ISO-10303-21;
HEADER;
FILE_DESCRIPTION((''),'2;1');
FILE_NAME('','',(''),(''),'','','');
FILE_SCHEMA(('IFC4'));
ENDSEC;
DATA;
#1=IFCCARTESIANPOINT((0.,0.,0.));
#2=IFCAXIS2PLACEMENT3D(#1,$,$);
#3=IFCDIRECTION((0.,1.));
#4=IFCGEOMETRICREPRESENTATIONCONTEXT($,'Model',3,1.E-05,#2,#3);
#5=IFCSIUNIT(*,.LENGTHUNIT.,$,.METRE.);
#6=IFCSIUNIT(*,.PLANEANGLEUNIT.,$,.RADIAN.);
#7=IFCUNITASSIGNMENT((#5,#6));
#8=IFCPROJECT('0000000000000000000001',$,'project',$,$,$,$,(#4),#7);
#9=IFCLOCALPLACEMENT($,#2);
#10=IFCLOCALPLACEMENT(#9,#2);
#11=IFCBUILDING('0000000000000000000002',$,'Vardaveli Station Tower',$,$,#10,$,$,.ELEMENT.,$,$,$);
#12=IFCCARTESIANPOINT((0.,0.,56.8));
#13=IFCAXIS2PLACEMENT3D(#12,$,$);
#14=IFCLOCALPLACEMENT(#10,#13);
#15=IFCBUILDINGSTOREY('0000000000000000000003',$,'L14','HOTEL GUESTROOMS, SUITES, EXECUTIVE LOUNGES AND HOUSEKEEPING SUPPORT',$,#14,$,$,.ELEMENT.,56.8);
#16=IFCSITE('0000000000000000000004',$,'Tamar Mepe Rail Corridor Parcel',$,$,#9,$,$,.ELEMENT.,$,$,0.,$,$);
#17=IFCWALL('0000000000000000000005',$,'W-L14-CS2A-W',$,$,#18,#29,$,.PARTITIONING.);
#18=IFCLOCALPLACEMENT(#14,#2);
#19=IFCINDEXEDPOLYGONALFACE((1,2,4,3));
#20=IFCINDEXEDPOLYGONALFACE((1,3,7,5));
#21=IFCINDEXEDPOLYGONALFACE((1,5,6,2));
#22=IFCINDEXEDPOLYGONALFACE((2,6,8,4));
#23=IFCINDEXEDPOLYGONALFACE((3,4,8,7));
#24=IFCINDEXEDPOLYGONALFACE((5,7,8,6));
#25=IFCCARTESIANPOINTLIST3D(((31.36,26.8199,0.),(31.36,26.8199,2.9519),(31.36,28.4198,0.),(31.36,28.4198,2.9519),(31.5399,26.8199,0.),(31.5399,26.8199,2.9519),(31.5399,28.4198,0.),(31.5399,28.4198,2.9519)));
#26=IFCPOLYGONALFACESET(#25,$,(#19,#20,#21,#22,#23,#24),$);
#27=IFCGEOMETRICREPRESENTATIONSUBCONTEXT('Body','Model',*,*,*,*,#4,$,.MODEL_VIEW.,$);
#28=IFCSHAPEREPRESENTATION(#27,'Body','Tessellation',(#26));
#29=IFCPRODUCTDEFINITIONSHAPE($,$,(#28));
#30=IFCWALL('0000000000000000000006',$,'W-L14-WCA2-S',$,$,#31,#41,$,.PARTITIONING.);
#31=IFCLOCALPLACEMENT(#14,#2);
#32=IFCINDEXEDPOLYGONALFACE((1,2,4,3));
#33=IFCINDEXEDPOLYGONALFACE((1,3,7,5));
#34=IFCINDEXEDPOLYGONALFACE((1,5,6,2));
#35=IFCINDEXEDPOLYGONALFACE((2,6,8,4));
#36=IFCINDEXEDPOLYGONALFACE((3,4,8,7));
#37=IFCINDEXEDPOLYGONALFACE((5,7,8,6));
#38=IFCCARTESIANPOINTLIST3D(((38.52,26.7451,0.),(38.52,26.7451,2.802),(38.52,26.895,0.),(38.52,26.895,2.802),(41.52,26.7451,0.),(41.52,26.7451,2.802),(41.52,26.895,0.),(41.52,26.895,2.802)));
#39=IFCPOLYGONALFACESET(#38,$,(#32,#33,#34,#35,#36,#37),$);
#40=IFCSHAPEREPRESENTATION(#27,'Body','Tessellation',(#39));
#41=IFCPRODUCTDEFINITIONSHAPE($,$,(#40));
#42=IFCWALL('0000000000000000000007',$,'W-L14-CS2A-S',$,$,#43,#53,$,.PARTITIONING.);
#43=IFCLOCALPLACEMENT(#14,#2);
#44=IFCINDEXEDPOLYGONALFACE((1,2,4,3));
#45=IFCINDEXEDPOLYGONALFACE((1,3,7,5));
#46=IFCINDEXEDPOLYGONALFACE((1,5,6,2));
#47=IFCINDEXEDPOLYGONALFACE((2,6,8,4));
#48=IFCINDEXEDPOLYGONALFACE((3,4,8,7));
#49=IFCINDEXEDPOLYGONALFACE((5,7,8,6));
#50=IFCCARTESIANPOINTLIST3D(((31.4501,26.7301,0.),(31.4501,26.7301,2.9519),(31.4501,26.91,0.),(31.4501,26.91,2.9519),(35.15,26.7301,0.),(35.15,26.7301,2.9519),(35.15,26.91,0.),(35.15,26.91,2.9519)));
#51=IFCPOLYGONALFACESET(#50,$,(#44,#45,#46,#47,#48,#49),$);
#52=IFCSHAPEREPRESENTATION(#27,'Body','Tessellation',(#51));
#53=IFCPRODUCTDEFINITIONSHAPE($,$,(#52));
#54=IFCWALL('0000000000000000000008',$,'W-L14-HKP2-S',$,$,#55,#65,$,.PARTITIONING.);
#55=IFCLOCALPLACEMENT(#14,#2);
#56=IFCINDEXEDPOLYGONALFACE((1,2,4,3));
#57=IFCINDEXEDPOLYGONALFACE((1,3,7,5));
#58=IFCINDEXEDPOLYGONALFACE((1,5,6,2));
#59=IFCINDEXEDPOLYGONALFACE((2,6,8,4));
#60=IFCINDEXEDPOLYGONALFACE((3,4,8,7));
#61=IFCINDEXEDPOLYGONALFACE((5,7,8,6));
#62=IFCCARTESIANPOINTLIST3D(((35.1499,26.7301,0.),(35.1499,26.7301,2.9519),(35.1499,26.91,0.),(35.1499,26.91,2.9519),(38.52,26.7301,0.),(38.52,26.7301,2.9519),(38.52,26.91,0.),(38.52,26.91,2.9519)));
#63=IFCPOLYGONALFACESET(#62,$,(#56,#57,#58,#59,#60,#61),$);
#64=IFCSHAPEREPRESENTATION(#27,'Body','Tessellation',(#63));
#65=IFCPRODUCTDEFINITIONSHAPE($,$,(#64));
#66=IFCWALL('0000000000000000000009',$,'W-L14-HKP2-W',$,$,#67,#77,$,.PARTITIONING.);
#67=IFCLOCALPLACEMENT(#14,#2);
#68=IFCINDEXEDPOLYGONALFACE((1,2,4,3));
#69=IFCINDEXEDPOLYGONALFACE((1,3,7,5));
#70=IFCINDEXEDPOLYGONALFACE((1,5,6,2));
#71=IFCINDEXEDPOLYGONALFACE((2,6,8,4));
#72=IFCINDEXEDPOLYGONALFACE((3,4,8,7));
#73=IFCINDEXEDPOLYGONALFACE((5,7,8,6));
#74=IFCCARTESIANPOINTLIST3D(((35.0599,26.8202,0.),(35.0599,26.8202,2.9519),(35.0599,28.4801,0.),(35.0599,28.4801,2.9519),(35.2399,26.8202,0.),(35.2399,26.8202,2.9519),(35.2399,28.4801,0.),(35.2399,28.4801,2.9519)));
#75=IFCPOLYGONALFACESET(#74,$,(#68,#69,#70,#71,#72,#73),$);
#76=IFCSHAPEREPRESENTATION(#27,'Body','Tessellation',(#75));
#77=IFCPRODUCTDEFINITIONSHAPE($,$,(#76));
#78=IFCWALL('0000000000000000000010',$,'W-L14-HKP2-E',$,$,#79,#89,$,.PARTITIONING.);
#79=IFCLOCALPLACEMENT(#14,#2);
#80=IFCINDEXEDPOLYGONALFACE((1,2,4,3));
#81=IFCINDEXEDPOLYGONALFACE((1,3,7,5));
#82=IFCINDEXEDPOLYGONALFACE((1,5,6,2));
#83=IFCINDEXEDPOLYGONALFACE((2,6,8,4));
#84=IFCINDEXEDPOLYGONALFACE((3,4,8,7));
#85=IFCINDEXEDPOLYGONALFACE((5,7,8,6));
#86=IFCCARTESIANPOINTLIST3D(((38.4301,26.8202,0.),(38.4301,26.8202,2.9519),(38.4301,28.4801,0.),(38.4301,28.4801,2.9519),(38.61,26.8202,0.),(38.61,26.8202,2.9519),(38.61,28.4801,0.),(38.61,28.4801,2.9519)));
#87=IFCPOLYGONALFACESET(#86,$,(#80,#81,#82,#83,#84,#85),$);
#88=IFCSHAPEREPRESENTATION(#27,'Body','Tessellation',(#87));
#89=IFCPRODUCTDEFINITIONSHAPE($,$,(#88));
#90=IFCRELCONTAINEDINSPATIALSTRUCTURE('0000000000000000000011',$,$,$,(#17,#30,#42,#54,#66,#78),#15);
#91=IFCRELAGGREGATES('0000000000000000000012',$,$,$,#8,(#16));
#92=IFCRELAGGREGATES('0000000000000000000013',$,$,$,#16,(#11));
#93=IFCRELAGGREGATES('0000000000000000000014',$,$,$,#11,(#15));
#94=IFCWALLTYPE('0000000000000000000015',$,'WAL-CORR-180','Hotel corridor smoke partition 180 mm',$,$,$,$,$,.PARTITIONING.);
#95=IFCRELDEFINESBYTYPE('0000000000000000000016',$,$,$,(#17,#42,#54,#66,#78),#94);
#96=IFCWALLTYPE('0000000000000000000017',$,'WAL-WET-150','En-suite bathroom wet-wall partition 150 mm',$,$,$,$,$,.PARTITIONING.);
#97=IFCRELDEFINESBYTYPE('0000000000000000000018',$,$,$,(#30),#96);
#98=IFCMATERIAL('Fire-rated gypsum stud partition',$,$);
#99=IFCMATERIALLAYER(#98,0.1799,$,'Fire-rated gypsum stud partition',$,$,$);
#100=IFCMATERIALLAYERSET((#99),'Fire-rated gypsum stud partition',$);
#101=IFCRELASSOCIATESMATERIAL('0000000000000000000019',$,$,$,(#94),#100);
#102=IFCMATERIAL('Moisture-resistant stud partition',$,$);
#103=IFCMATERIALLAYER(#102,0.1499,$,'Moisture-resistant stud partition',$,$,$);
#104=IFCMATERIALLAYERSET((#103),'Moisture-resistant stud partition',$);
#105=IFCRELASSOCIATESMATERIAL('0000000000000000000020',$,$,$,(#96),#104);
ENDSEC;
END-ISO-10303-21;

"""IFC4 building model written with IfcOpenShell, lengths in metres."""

from ifc_helpers import new_model, si_unit, direction, frame, frame_2d, origin, place, context, subcontext, project, spatial, rectangle, extrude, source, transform, mapped, material, layer, layer_set, type_object, element, save


model = new_model("IFC4")

# Units and contexts
model_context = context("Model", 3, precision=1e-05, world=origin(), true_north=direction((0.0, 1.0)))
body_context = subcontext(model_context, "Body", "Model", "MODEL_VIEW")
ifc_project = project(units=[si_unit("LENGTHUNIT", "METRE"), si_unit("PLANEANGLEUNIT", "RADIAN")], contexts=[model_context])

# Site, building, storey
site_placement = place(None, origin())
site = spatial("IfcSite", under=ifc_project, at=site_placement, Name="Tamar Mepe Rail Corridor Parcel", CompositionType="ELEMENT", RefElevation=0.0)
building_placement = place(site_placement, origin())
building = spatial("IfcBuilding", under=site, at=building_placement, Name="Vardaveli Station Tower", CompositionType="ELEMENT")
storey_placement = place(building_placement, frame((0.0, 0.0, 56.8)))
storey = spatial("IfcBuildingStorey", under=building, at=storey_placement, Name="L14", Description="HOTEL GUESTROOMS, SUITES, EXECUTIVE LOUNGES AND HOUSEKEEPING SUPPORT", CompositionType="ELEMENT", Elevation=56.8)

# Walls
ifc_material_1 = material(Name="Fire-rated gypsum stud partition")
ifc_layer_1 = layer(ifc_material_1, 0.1799, Name="Fire-rated gypsum stud partition")
ifc_layer_set_1 = layer_set([ifc_layer_1], Name="Fire-rated gypsum stud partition")
wall_type_1 = type_object("IfcWallType", Name="WAL-CORR-180", Description="Hotel corridor smoke partition 180 mm", PredefinedType="PARTITIONING", material=ifc_layer_set_1)
shared_shape_1 = source(origin(), body_context, "Body", "SweptSolid", [
    extrude(rectangle(XDim=1.5999, YDim=0.1799, at=frame_2d((0.7998, 0.0))), origin(), (0.0, 0.0, 1.0), 2.9519),
])
wall_1_placement = place(storey_placement, frame((31.45, 26.8201, 0.0), z_axis=(0.0, 0.0, 1.0), x_axis=(0.0, 1.0, 0.0)))
element("IfcWall", 1, at=wall_1_placement, inside=storey, type_object=wall_type_1, Name="W-L14-CS2A-W", PredefinedType="PARTITIONING", context=body_context, shape_type="MappedRepresentation", body=[
    mapped(shared_shape_1, transform((0.0, 0.0, 0.0), scale=1.0)),
])
ifc_material_2 = material(Name="Moisture-resistant stud partition")
ifc_layer_2 = layer(ifc_material_2, 0.1499, Name="Moisture-resistant stud partition")
ifc_layer_set_2 = layer_set([ifc_layer_2], Name="Moisture-resistant stud partition")
wall_type_2 = type_object("IfcWallType", Name="WAL-WET-150", Description="En-suite bathroom wet-wall partition 150 mm", PredefinedType="PARTITIONING", material=ifc_layer_set_2)
shared_shape_2 = source(origin(), body_context, "Body", "SweptSolid", [
    extrude(rectangle(XDim=3.0, YDim=0.1499, at=frame_2d((1.5, 0.0))), origin(), (0.0, 0.0, 1.0), 2.802),
])
wall_2_placement = place(storey_placement, frame((38.52, 26.8201, 0.0), z_axis=(0.0, 0.0, 1.0), x_axis=(1.0, 0.0, 0.0)))
element("IfcWall", 2, at=wall_2_placement, inside=storey, type_object=wall_type_2, Name="W-L14-WCA2-S", PredefinedType="PARTITIONING", context=body_context, shape_type="MappedRepresentation", body=[
    mapped(shared_shape_2, transform((0.0, 0.0, 0.0), scale=1.0)),
])
shared_shape_3 = source(origin(), body_context, "Body", "SweptSolid", [
    extrude(rectangle(XDim=3.7, YDim=0.1799, at=frame_2d((1.8501, 0.0))), origin(), (0.0, 0.0, 1.0), 2.9519),
])
wall_3_placement = place(storey_placement, frame((31.45, 26.8201, 0.0), z_axis=(0.0, 0.0, 1.0), x_axis=(1.0, 0.0, 0.0)))
element("IfcWall", 3, at=wall_3_placement, inside=storey, type_object=wall_type_1, Name="W-L14-CS2A-S", PredefinedType="PARTITIONING", context=body_context, shape_type="MappedRepresentation", body=[
    mapped(shared_shape_3, transform((0.0, 0.0, 0.0), scale=1.0)),
])
shared_shape_4 = source(origin(), body_context, "Body", "SweptSolid", [
    extrude(rectangle(XDim=3.3701, YDim=0.1799, at=frame_2d((1.6851, 0.0))), origin(), (0.0, 0.0, 1.0), 2.9519),
])
wall_4_placement = place(storey_placement, frame((35.1499, 26.8201, 0.0), z_axis=(0.0, 0.0, 1.0), x_axis=(1.0, 0.0, 0.0)))
element("IfcWall", 4, at=wall_4_placement, inside=storey, type_object=wall_type_1, Name="W-L14-HKP2-S", PredefinedType="PARTITIONING", context=body_context, shape_type="MappedRepresentation", body=[
    mapped(shared_shape_4, transform((0.0, 0.0, 0.0), scale=1.0)),
])
shared_shape_5 = source(origin(), body_context, "Body", "SweptSolid", [
    extrude(rectangle(XDim=1.6599, YDim=0.1799, at=frame_2d((0.8301, 0.0))), origin(), (0.0, 0.0, 1.0), 2.9519),
])
for number, where, z_axis, x_axis, name in (
    (5, (35.1499, 26.8201, 0.0), (0.0, 0.0, 1.0), (0.0, 1.0, 0.0), "W-L14-HKP2-W"),
    (6, (38.52, 26.8201, 0.0), (0.0, 0.0, 1.0), (0.0, 1.0, 0.0), "W-L14-HKP2-E"),
):
    element("IfcWall", number, at=place(storey_placement, frame(where, z_axis=z_axis, x_axis=x_axis)), inside=storey, type_object=wall_type_1, Name=name, PredefinedType="PARTITIONING", context=body_context, shape_type="MappedRepresentation", body=[
        mapped(shared_shape_5, transform((0.0, 0.0, 0.0), scale=1.0)),
    ])

save(model, "model.ifc")
